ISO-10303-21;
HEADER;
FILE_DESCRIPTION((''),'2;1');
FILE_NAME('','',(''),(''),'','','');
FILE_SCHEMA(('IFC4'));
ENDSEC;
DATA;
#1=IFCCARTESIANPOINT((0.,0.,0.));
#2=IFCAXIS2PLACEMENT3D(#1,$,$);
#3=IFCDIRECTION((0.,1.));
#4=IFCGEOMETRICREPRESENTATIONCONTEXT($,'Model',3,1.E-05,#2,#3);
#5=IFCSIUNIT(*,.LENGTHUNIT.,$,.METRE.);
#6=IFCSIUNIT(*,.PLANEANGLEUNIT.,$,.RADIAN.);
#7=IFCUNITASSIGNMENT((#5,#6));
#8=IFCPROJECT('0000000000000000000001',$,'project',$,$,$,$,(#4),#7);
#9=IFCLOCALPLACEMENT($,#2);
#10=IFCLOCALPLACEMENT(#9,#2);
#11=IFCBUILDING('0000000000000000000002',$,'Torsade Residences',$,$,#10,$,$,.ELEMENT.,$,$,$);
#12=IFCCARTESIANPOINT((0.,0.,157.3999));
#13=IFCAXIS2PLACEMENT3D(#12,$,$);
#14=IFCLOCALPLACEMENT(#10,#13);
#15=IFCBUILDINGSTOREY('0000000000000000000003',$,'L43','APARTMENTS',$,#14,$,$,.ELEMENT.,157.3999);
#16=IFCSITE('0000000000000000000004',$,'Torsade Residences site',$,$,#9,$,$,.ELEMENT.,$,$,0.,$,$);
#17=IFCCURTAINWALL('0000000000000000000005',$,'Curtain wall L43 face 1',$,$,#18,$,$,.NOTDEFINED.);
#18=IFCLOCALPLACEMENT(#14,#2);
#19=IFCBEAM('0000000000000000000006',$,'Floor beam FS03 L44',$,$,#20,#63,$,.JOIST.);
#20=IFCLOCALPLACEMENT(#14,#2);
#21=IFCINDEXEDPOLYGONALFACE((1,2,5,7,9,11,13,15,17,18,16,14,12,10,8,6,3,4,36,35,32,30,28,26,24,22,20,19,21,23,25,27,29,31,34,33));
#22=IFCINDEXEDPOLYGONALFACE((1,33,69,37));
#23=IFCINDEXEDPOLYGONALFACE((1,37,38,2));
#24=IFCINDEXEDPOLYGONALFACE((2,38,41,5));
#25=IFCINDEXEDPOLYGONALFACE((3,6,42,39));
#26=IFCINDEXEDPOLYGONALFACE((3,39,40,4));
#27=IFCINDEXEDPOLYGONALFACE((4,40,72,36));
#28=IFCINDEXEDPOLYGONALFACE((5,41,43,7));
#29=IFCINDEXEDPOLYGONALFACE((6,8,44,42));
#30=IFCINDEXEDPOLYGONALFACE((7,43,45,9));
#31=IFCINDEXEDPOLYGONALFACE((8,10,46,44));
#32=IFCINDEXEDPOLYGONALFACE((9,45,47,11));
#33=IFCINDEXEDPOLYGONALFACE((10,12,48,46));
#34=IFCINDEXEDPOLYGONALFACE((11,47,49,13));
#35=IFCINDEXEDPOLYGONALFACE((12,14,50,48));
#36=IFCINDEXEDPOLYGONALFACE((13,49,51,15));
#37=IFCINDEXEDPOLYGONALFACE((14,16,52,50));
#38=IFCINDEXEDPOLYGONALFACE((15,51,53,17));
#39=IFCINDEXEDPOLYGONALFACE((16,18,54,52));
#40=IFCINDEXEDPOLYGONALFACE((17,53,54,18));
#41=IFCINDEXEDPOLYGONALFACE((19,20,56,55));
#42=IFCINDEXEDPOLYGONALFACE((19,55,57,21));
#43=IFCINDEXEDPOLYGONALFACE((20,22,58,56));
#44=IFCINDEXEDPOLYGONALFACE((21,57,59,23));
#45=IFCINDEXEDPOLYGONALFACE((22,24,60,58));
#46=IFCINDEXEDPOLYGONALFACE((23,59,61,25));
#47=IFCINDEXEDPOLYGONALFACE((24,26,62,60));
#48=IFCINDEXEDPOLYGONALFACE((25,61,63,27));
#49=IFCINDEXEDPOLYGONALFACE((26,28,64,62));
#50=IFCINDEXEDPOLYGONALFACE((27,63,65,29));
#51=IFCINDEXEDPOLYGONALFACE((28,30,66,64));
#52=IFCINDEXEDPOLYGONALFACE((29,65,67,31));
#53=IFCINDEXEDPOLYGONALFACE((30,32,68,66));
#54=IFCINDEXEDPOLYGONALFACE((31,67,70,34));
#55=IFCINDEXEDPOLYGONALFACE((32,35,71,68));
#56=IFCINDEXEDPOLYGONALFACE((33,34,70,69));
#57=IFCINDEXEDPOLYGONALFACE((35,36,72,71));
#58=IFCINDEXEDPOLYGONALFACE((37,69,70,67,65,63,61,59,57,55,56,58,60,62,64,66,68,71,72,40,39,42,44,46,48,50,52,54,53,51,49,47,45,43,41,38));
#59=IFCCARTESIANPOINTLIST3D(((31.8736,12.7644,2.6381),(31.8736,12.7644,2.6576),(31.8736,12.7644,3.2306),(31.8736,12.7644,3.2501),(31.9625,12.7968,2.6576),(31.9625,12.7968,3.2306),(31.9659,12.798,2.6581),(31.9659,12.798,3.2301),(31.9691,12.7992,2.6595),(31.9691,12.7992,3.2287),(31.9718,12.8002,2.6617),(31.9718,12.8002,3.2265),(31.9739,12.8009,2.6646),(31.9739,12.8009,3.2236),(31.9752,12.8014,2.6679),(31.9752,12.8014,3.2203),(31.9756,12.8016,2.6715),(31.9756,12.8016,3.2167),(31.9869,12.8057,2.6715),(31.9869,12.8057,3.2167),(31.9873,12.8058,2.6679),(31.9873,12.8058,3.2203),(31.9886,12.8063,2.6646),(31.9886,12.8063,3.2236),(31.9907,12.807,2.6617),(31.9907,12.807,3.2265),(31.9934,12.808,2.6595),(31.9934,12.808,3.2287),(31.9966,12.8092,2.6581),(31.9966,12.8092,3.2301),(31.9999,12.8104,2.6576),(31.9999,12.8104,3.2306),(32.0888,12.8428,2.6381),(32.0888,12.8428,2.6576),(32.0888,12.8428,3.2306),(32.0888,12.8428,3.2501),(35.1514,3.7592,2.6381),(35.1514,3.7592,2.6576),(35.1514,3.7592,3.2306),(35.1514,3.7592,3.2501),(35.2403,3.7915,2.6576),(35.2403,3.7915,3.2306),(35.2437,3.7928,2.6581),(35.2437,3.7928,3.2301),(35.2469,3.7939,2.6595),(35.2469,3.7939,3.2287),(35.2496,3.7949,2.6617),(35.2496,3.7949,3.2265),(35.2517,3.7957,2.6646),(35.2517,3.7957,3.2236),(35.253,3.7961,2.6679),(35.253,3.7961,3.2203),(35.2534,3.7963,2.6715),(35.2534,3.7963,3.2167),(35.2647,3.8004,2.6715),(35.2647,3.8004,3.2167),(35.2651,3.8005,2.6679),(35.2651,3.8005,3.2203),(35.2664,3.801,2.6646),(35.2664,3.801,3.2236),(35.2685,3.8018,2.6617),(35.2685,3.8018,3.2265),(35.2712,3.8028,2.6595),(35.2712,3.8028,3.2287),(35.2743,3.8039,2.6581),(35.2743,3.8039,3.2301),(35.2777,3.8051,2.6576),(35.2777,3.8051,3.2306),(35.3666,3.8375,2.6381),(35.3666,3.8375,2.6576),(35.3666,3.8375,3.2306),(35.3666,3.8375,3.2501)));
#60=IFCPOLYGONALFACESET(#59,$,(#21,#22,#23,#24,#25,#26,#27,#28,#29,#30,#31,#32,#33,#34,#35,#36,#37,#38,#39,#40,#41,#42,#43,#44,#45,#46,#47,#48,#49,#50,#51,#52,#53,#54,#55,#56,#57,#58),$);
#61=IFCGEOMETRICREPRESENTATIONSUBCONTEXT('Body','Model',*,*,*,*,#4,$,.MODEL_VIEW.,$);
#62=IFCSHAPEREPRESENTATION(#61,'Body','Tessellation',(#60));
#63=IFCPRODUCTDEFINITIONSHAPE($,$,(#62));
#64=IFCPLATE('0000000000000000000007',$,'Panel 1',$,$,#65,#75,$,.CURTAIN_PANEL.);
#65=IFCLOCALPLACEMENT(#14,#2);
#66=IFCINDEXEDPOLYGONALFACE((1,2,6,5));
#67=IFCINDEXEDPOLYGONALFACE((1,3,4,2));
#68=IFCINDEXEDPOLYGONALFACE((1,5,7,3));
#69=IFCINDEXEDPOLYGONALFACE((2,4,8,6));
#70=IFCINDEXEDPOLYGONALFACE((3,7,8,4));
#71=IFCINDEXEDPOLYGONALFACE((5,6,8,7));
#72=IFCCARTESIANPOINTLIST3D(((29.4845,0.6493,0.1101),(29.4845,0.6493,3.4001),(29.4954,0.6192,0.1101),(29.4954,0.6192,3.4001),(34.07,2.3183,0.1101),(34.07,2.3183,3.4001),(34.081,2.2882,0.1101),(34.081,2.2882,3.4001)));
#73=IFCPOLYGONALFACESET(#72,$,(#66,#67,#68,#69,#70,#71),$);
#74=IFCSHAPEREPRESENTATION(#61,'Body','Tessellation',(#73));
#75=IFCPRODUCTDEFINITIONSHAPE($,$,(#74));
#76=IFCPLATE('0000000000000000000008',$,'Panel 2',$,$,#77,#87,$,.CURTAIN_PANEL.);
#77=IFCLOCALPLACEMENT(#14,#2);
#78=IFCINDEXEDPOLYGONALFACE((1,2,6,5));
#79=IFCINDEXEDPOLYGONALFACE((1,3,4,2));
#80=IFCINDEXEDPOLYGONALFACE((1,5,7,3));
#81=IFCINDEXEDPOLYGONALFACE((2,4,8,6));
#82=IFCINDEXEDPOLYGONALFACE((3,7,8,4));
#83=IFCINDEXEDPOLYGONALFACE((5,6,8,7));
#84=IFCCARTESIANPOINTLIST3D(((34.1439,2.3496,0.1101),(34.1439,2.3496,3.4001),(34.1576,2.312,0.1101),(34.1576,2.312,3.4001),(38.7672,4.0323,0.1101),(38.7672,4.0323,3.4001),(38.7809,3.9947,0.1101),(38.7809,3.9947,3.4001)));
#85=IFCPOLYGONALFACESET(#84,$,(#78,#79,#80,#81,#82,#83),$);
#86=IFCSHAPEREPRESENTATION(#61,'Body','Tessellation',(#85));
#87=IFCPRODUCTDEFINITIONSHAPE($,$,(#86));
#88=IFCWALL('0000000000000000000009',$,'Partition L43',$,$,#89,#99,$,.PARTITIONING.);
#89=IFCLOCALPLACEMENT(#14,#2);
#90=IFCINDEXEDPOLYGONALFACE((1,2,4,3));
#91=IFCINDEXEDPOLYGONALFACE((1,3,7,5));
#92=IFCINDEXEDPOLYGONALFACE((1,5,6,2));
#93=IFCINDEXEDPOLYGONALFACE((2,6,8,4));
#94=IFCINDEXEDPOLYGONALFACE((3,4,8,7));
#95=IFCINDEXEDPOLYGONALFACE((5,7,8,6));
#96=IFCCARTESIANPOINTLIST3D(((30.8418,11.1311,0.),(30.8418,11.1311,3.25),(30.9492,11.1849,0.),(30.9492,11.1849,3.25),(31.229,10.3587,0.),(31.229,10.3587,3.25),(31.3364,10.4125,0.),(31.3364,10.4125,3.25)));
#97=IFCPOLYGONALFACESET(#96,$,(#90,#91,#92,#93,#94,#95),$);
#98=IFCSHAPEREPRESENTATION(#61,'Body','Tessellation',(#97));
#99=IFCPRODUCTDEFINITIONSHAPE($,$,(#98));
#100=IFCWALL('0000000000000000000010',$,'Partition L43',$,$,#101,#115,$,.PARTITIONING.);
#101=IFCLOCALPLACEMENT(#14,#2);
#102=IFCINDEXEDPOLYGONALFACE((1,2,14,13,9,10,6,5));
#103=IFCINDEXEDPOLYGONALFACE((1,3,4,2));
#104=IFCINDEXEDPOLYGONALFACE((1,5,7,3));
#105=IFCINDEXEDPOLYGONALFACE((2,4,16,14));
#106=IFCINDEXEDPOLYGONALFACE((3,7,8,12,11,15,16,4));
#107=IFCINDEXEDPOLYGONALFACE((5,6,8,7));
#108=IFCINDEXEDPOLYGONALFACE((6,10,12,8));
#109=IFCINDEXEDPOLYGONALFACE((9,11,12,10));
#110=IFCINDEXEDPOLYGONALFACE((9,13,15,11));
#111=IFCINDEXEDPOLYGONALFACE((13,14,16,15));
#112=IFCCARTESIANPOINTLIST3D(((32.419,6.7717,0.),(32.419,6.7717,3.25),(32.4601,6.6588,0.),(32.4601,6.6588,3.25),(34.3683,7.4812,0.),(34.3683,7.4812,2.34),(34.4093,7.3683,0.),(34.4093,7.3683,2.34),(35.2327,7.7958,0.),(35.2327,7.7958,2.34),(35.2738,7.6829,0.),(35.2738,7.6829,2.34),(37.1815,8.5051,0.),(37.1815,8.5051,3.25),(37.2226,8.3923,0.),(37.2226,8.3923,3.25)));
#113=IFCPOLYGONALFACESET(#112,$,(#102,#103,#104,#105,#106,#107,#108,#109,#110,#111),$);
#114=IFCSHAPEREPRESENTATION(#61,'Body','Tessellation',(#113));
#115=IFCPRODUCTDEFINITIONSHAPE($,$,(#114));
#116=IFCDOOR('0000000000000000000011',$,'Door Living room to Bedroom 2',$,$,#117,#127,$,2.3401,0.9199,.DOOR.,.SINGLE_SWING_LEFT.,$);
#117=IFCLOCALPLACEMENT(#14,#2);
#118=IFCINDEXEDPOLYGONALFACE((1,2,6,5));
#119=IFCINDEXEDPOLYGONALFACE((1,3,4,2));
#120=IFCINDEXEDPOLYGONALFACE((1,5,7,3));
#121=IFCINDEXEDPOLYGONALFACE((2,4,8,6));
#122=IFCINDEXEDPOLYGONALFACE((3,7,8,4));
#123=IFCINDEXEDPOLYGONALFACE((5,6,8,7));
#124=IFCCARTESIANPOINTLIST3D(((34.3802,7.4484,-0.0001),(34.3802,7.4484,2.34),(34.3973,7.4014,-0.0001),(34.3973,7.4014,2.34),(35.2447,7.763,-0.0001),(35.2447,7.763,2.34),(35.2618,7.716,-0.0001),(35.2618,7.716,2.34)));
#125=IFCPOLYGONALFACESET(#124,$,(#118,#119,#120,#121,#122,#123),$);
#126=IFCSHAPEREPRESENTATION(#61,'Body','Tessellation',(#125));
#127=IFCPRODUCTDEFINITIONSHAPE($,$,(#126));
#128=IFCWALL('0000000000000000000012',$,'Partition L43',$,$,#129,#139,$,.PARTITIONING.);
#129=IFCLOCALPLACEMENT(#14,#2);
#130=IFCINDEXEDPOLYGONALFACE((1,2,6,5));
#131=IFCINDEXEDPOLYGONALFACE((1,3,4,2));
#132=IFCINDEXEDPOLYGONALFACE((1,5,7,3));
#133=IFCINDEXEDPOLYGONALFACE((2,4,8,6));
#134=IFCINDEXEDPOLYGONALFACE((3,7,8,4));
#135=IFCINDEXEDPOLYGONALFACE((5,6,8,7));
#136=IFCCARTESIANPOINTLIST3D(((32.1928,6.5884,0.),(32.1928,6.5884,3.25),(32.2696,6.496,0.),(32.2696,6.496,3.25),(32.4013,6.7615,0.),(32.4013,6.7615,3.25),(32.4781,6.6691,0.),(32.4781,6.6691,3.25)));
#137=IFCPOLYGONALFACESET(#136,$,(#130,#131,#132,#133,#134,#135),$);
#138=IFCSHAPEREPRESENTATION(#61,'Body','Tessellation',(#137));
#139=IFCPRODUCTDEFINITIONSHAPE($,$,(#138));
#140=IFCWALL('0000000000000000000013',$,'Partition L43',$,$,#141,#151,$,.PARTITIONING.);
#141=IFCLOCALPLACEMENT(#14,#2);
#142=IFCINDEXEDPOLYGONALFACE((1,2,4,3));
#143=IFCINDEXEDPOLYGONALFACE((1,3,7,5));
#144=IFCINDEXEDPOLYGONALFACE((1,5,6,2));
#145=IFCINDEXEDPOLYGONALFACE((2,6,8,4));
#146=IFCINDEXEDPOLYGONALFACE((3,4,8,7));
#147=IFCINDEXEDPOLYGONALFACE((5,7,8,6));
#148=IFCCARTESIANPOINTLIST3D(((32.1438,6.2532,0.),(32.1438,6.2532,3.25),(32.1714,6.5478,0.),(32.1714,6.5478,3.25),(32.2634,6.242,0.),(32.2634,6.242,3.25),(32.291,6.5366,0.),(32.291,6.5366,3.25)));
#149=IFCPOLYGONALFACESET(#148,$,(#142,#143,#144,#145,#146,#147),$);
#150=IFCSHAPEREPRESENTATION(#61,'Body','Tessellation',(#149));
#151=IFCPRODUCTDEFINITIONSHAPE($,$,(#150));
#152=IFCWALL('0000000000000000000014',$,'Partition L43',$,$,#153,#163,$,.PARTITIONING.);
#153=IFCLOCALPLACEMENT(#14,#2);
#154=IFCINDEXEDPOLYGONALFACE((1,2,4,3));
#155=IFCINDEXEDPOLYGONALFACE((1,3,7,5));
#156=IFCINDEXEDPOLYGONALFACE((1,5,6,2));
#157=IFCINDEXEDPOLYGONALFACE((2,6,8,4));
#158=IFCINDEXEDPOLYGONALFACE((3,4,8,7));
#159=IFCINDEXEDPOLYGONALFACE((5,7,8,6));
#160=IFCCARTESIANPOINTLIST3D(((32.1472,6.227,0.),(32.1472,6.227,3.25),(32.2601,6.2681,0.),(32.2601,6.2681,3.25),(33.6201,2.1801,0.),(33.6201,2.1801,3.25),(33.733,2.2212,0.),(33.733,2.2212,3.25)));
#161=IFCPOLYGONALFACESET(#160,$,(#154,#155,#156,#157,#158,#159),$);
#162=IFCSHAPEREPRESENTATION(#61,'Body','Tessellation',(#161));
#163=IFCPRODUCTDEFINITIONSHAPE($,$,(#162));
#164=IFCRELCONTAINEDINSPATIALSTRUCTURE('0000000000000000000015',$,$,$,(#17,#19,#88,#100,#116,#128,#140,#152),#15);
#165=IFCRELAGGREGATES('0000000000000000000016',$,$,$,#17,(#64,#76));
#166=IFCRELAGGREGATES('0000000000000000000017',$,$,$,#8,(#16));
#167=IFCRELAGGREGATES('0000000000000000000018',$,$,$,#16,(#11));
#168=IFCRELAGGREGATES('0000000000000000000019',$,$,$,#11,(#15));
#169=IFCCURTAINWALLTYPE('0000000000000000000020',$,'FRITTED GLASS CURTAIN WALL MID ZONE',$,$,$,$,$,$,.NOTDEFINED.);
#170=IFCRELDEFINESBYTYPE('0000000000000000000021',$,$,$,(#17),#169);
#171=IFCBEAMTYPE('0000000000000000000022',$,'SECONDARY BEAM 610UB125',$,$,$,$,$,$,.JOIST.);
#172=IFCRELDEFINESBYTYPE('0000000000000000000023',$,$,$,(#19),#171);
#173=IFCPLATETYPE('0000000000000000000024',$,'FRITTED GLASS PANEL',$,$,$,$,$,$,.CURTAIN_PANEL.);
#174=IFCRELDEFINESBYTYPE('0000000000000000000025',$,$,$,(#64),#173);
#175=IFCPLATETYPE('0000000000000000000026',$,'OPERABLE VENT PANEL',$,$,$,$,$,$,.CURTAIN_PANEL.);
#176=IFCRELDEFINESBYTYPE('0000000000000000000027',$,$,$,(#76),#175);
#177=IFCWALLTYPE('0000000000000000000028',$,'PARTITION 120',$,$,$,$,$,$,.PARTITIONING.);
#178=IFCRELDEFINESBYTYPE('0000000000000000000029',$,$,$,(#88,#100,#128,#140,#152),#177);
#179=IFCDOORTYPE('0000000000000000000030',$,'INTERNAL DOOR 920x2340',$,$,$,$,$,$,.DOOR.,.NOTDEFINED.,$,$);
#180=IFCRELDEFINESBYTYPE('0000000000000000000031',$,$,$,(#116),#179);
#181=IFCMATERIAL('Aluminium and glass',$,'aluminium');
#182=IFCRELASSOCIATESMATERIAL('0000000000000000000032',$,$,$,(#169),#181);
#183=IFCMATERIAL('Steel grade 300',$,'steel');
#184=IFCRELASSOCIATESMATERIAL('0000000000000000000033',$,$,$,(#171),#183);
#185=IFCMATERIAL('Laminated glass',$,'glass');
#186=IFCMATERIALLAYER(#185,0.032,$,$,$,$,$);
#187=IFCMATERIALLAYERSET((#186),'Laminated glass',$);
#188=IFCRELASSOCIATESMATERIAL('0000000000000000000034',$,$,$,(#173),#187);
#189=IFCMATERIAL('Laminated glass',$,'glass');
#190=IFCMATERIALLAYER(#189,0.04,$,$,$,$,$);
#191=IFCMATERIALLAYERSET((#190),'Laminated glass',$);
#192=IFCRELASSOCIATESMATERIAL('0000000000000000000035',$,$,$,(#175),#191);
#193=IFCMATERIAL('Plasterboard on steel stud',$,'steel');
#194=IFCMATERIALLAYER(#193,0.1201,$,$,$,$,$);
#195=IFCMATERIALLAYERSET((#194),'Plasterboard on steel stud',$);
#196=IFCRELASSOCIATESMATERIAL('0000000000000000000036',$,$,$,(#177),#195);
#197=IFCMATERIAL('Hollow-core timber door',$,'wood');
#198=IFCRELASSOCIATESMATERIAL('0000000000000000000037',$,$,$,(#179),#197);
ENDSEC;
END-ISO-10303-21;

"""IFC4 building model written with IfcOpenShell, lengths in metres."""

from ifc_helpers import new_model, si_unit, direction, frame, frame_2d, origin, origin_2d, place, context, subcontext, project, spatial, rectangle, i_section, extrude, material, layer, layer_set, material_profile, profile_set, type_object, element, fill, aggregate, save


model = new_model("IFC4")

# Units and contexts
model_context = context("Model", 3, precision=1e-05, world=origin(), true_north=direction((0.0, 1.0)))
body_context = subcontext(model_context, "Body", "Model", "MODEL_VIEW")
ifc_project = project(units=[si_unit("LENGTHUNIT", "METRE"), si_unit("PLANEANGLEUNIT", "RADIAN")], contexts=[model_context])

# Site, building, storey
site_placement = place(None, origin())
site = spatial("IfcSite", under=ifc_project, at=site_placement, Name="Torsade Residences site", CompositionType="ELEMENT", RefElevation=0.0)
building_placement = place(site_placement, origin())
building = spatial("IfcBuilding", under=site, at=building_placement, Name="Torsade Residences", CompositionType="ELEMENT")
storey_placement = place(building_placement, frame((0.0, 0.0, 157.3999)))
storey = spatial("IfcBuildingStorey", under=building, at=storey_placement, Name="L43", Description="APARTMENTS", CompositionType="ELEMENT", Elevation=157.3999)

# Curtain wall
ifc_material_1 = material(Name="Aluminium and glass", Category="aluminium")
curtain_wall_type = type_object("IfcCurtainWallType", Name="FRITTED GLASS CURTAIN WALL MID ZONE", PredefinedType="NOTDEFINED", material=ifc_material_1)
curtain_wall_placement = place(storey_placement, origin())
curtain_wall = element("IfcCurtainWall", 1, at=curtain_wall_placement, inside=storey, type_object=curtain_wall_type, Name="Curtain wall L43 face 1", PredefinedType="NOTDEFINED")

# Beam
ifc_material_2 = material(Name="Steel grade 300", Category="steel")
ifc_material_profile_1 = material_profile(ifc_material_2, i_section(OverallWidth=0.229, OverallDepth=0.6121, WebThickness=0.012, FlangeThickness=0.0195, FilletRadius=0.0139, at=origin_2d()), Name="610UB125")
ifc_profile_set_1 = profile_set([ifc_material_profile_1], Name="Steel grade 300")
beam_type_1 = type_object("IfcBeamType", Name="SECONDARY BEAM 610UB125", PredefinedType="JOIST", material=ifc_profile_set_1)
beam_1_placement = place(storey_placement, frame((35.259, 3.7983, 2.9441), z_axis=(-0.342034, 0.939688, 0.0), x_axis=(-0.939688, -0.342034, 0.0)))
element("IfcBeam", 2, at=beam_1_placement, inside=storey, type_object=beam_type_1, Name="Floor beam FS03 L44", PredefinedType="JOIST", context=body_context, shape_type="SweptSolid", body=[
    extrude(i_section(OverallWidth=0.229, OverallDepth=0.6121, WebThickness=0.012, FlangeThickness=0.0195, FilletRadius=0.0139, at=origin_2d()), origin(), (0.0, 0.0, 1.0), 9.5833),
])

# Plates
ifc_material_3 = material(Name="Laminated glass", Category="glass")
ifc_layer_1 = layer(ifc_material_3, 0.032)
ifc_layer_set_1 = layer_set([ifc_layer_1], Name="Laminated glass")
plate_type_1 = type_object("IfcPlateType", Name="FRITTED GLASS PANEL", PredefinedType="CURTAIN_PANEL", material=ifc_layer_set_1)
plate_1_placement = place(storey_placement, frame((31.7827, 1.4688, 0.1101), z_axis=(0.0, 0.0, 1.0), x_axis=(0.939693, 0.34202, 0.0)))
plate_1 = element("IfcPlate", 3, at=plate_1_placement, type_object=plate_type_1, Name="Panel 1", PredefinedType="CURTAIN_PANEL", context=body_context, shape_type="SweptSolid", body=[
    extrude(rectangle(XDim=4.8799, YDim=0.032, at=origin_2d()), origin(), (0.0, 0.0, 1.0), 3.29),
])
ifc_material_4 = material(Name="Laminated glass", Category="glass")
ifc_layer_2 = layer(ifc_material_4, 0.04)
ifc_layer_set_2 = layer_set([ifc_layer_2], Name="Laminated glass")
plate_type_2 = type_object("IfcPlateType", Name="OPERABLE VENT PANEL", PredefinedType="CURTAIN_PANEL", material=ifc_layer_set_2)
plate_2_placement = place(storey_placement, frame((36.4624, 3.1721, 0.1101), z_axis=(0.0, 0.0, 1.0), x_axis=(0.939693, 0.34202, 0.0)))
plate_2 = element("IfcPlate", 4, at=plate_2_placement, type_object=plate_type_2, Name="Panel 2", PredefinedType="CURTAIN_PANEL", context=body_context, shape_type="SweptSolid", body=[
    extrude(rectangle(XDim=4.9199, YDim=0.04, at=origin_2d()), origin(), (0.0, 0.0, 1.0), 3.29),
])
aggregate(curtain_wall, [plate_1, plate_2])

# Wall
ifc_material_5 = material(Name="Plasterboard on steel stud", Category="steel")
ifc_layer_3 = layer(ifc_material_5, 0.1201)
ifc_layer_set_3 = layer_set([ifc_layer_3], Name="Plasterboard on steel stud")
wall_type_1 = type_object("IfcWallType", Name="PARTITION 120", PredefinedType="PARTITIONING", material=ifc_layer_set_3)
wall_1_placement = place(storey_placement, frame((31.2827, 10.3855, 0.0), z_axis=(0.0, 0.0, 1.0), x_axis=(-0.448118, 0.893975, 0.0)))
element("IfcWall", 5, at=wall_1_placement, inside=storey, type_object=wall_type_1, Name="Partition L43", PredefinedType="PARTITIONING", context=body_context, shape_type="SweptSolid", body=[
    extrude(rectangle(XDim=0.864, YDim=0.1201, at=frame_2d((0.4321, 0.0))), origin(), (0.0, 0.0, 1.0), 3.25),
])

# Wall, opening, door
wall_2_placement = place(storey_placement, frame((37.2021, 8.4487, 0.0), z_axis=(0.0, 0.0, 1.0), x_axis=(-0.939692, -0.342022, 0.0)))
wall_2 = element("IfcWall", 6, at=wall_2_placement, inside=storey, type_object=wall_type_1, Name="Partition L43", PredefinedType="PARTITIONING", context=body_context, shape_type="SweptSolid", body=[
    extrude(rectangle(XDim=5.0681, YDim=0.1201, at=frame_2d((2.5342, 0.0))), origin(), (0.0, 0.0, 1.0), 3.25),
])
opening_1_placement = place(wall_2_placement, frame((2.074, 0.0, 0.0)))
opening_1 = element("IfcOpeningElement", 7, at=opening_1_placement, cuts=wall_2, PredefinedType="OPENING", context=body_context, shape_type="SweptSolid", body=[
    extrude(rectangle(XDim=0.9199, YDim=2.3401, at=frame_2d((0.46, 1.1699))), frame((0.0, 0.0701, 0.0), z_axis=(0.0, -1.0, 0.0), x_axis=(1.0, 0.0, 0.0)), (0.0, 0.0, 1.0), 0.1401),
])
ifc_material_6 = material(Name="Hollow-core timber door", Category="wood")
door_type_1 = type_object("IfcDoorType", Name="INTERNAL DOOR 920x2340", OperationType="NOTDEFINED", PredefinedType="DOOR", material=ifc_material_6)
door_1_placement = place(opening_1_placement, origin())
door_1 = element("IfcDoor", 8, at=door_1_placement, inside=storey, type_object=door_type_1, Name="Door Living room to Bedroom 2", OperationType="SINGLE_SWING_LEFT", OverallHeight=2.3401, OverallWidth=0.9199, PredefinedType="DOOR", context=body_context, shape_type="SweptSolid", body=[
    extrude(rectangle(XDim=0.9199, YDim=2.3401, at=frame_2d((0.46, 1.1699))), frame((0.0, 0.0249, 0.0), z_axis=(0.0, -1.0, 0.0), x_axis=(1.0, 0.0, 0.0)), (0.0, 0.0, 1.0), 0.05),
])
fill(opening_1, door_1)

# Walls
wall_3_placement = place(storey_placement, frame((32.4397, 6.7153, 0.0), z_axis=(0.0, 0.0, 1.0), x_axis=(-0.769402, -0.638765, 0.0)))
element("IfcWall", 9, at=wall_3_placement, inside=storey, type_object=wall_type_1, Name="Partition L43", PredefinedType="PARTITIONING", context=body_context, shape_type="SweptSolid", body=[
    extrude(rectangle(XDim=0.271, YDim=0.1201, at=frame_2d((0.1355, 0.0))), origin(), (0.0, 0.0, 1.0), 3.25),
])
wall_4_placement = place(storey_placement, frame((32.2312, 6.5422, 0.0), z_axis=(0.0, 0.0, 1.0), x_axis=(-0.093213, -0.995646, 0.0)))
element("IfcWall", 10, at=wall_4_placement, inside=storey, type_object=wall_type_1, Name="Partition L43", PredefinedType="PARTITIONING", context=body_context, shape_type="SweptSolid", body=[
    extrude(rectangle(XDim=0.2959, YDim=0.1201, at=frame_2d((0.1479, 0.0))), origin(), (0.0, 0.0, 1.0), 3.25),
])
wall_5_placement = place(storey_placement, frame((32.2036, 6.2476, 0.0), z_axis=(0.0, 0.0, 1.0), x_axis=(0.342012, -0.939696, 0.0)))
element("IfcWall", 11, at=wall_5_placement, inside=storey, type_object=wall_type_1, Name="Partition L43", PredefinedType="PARTITIONING", context=body_context, shape_type="SweptSolid", body=[
    extrude(rectangle(XDim=4.3066, YDim=0.1201, at=frame_2d((2.1533, 0.0))), origin(), (0.0, 0.0, 1.0), 3.25),
])

save(model, "model.ifc")
